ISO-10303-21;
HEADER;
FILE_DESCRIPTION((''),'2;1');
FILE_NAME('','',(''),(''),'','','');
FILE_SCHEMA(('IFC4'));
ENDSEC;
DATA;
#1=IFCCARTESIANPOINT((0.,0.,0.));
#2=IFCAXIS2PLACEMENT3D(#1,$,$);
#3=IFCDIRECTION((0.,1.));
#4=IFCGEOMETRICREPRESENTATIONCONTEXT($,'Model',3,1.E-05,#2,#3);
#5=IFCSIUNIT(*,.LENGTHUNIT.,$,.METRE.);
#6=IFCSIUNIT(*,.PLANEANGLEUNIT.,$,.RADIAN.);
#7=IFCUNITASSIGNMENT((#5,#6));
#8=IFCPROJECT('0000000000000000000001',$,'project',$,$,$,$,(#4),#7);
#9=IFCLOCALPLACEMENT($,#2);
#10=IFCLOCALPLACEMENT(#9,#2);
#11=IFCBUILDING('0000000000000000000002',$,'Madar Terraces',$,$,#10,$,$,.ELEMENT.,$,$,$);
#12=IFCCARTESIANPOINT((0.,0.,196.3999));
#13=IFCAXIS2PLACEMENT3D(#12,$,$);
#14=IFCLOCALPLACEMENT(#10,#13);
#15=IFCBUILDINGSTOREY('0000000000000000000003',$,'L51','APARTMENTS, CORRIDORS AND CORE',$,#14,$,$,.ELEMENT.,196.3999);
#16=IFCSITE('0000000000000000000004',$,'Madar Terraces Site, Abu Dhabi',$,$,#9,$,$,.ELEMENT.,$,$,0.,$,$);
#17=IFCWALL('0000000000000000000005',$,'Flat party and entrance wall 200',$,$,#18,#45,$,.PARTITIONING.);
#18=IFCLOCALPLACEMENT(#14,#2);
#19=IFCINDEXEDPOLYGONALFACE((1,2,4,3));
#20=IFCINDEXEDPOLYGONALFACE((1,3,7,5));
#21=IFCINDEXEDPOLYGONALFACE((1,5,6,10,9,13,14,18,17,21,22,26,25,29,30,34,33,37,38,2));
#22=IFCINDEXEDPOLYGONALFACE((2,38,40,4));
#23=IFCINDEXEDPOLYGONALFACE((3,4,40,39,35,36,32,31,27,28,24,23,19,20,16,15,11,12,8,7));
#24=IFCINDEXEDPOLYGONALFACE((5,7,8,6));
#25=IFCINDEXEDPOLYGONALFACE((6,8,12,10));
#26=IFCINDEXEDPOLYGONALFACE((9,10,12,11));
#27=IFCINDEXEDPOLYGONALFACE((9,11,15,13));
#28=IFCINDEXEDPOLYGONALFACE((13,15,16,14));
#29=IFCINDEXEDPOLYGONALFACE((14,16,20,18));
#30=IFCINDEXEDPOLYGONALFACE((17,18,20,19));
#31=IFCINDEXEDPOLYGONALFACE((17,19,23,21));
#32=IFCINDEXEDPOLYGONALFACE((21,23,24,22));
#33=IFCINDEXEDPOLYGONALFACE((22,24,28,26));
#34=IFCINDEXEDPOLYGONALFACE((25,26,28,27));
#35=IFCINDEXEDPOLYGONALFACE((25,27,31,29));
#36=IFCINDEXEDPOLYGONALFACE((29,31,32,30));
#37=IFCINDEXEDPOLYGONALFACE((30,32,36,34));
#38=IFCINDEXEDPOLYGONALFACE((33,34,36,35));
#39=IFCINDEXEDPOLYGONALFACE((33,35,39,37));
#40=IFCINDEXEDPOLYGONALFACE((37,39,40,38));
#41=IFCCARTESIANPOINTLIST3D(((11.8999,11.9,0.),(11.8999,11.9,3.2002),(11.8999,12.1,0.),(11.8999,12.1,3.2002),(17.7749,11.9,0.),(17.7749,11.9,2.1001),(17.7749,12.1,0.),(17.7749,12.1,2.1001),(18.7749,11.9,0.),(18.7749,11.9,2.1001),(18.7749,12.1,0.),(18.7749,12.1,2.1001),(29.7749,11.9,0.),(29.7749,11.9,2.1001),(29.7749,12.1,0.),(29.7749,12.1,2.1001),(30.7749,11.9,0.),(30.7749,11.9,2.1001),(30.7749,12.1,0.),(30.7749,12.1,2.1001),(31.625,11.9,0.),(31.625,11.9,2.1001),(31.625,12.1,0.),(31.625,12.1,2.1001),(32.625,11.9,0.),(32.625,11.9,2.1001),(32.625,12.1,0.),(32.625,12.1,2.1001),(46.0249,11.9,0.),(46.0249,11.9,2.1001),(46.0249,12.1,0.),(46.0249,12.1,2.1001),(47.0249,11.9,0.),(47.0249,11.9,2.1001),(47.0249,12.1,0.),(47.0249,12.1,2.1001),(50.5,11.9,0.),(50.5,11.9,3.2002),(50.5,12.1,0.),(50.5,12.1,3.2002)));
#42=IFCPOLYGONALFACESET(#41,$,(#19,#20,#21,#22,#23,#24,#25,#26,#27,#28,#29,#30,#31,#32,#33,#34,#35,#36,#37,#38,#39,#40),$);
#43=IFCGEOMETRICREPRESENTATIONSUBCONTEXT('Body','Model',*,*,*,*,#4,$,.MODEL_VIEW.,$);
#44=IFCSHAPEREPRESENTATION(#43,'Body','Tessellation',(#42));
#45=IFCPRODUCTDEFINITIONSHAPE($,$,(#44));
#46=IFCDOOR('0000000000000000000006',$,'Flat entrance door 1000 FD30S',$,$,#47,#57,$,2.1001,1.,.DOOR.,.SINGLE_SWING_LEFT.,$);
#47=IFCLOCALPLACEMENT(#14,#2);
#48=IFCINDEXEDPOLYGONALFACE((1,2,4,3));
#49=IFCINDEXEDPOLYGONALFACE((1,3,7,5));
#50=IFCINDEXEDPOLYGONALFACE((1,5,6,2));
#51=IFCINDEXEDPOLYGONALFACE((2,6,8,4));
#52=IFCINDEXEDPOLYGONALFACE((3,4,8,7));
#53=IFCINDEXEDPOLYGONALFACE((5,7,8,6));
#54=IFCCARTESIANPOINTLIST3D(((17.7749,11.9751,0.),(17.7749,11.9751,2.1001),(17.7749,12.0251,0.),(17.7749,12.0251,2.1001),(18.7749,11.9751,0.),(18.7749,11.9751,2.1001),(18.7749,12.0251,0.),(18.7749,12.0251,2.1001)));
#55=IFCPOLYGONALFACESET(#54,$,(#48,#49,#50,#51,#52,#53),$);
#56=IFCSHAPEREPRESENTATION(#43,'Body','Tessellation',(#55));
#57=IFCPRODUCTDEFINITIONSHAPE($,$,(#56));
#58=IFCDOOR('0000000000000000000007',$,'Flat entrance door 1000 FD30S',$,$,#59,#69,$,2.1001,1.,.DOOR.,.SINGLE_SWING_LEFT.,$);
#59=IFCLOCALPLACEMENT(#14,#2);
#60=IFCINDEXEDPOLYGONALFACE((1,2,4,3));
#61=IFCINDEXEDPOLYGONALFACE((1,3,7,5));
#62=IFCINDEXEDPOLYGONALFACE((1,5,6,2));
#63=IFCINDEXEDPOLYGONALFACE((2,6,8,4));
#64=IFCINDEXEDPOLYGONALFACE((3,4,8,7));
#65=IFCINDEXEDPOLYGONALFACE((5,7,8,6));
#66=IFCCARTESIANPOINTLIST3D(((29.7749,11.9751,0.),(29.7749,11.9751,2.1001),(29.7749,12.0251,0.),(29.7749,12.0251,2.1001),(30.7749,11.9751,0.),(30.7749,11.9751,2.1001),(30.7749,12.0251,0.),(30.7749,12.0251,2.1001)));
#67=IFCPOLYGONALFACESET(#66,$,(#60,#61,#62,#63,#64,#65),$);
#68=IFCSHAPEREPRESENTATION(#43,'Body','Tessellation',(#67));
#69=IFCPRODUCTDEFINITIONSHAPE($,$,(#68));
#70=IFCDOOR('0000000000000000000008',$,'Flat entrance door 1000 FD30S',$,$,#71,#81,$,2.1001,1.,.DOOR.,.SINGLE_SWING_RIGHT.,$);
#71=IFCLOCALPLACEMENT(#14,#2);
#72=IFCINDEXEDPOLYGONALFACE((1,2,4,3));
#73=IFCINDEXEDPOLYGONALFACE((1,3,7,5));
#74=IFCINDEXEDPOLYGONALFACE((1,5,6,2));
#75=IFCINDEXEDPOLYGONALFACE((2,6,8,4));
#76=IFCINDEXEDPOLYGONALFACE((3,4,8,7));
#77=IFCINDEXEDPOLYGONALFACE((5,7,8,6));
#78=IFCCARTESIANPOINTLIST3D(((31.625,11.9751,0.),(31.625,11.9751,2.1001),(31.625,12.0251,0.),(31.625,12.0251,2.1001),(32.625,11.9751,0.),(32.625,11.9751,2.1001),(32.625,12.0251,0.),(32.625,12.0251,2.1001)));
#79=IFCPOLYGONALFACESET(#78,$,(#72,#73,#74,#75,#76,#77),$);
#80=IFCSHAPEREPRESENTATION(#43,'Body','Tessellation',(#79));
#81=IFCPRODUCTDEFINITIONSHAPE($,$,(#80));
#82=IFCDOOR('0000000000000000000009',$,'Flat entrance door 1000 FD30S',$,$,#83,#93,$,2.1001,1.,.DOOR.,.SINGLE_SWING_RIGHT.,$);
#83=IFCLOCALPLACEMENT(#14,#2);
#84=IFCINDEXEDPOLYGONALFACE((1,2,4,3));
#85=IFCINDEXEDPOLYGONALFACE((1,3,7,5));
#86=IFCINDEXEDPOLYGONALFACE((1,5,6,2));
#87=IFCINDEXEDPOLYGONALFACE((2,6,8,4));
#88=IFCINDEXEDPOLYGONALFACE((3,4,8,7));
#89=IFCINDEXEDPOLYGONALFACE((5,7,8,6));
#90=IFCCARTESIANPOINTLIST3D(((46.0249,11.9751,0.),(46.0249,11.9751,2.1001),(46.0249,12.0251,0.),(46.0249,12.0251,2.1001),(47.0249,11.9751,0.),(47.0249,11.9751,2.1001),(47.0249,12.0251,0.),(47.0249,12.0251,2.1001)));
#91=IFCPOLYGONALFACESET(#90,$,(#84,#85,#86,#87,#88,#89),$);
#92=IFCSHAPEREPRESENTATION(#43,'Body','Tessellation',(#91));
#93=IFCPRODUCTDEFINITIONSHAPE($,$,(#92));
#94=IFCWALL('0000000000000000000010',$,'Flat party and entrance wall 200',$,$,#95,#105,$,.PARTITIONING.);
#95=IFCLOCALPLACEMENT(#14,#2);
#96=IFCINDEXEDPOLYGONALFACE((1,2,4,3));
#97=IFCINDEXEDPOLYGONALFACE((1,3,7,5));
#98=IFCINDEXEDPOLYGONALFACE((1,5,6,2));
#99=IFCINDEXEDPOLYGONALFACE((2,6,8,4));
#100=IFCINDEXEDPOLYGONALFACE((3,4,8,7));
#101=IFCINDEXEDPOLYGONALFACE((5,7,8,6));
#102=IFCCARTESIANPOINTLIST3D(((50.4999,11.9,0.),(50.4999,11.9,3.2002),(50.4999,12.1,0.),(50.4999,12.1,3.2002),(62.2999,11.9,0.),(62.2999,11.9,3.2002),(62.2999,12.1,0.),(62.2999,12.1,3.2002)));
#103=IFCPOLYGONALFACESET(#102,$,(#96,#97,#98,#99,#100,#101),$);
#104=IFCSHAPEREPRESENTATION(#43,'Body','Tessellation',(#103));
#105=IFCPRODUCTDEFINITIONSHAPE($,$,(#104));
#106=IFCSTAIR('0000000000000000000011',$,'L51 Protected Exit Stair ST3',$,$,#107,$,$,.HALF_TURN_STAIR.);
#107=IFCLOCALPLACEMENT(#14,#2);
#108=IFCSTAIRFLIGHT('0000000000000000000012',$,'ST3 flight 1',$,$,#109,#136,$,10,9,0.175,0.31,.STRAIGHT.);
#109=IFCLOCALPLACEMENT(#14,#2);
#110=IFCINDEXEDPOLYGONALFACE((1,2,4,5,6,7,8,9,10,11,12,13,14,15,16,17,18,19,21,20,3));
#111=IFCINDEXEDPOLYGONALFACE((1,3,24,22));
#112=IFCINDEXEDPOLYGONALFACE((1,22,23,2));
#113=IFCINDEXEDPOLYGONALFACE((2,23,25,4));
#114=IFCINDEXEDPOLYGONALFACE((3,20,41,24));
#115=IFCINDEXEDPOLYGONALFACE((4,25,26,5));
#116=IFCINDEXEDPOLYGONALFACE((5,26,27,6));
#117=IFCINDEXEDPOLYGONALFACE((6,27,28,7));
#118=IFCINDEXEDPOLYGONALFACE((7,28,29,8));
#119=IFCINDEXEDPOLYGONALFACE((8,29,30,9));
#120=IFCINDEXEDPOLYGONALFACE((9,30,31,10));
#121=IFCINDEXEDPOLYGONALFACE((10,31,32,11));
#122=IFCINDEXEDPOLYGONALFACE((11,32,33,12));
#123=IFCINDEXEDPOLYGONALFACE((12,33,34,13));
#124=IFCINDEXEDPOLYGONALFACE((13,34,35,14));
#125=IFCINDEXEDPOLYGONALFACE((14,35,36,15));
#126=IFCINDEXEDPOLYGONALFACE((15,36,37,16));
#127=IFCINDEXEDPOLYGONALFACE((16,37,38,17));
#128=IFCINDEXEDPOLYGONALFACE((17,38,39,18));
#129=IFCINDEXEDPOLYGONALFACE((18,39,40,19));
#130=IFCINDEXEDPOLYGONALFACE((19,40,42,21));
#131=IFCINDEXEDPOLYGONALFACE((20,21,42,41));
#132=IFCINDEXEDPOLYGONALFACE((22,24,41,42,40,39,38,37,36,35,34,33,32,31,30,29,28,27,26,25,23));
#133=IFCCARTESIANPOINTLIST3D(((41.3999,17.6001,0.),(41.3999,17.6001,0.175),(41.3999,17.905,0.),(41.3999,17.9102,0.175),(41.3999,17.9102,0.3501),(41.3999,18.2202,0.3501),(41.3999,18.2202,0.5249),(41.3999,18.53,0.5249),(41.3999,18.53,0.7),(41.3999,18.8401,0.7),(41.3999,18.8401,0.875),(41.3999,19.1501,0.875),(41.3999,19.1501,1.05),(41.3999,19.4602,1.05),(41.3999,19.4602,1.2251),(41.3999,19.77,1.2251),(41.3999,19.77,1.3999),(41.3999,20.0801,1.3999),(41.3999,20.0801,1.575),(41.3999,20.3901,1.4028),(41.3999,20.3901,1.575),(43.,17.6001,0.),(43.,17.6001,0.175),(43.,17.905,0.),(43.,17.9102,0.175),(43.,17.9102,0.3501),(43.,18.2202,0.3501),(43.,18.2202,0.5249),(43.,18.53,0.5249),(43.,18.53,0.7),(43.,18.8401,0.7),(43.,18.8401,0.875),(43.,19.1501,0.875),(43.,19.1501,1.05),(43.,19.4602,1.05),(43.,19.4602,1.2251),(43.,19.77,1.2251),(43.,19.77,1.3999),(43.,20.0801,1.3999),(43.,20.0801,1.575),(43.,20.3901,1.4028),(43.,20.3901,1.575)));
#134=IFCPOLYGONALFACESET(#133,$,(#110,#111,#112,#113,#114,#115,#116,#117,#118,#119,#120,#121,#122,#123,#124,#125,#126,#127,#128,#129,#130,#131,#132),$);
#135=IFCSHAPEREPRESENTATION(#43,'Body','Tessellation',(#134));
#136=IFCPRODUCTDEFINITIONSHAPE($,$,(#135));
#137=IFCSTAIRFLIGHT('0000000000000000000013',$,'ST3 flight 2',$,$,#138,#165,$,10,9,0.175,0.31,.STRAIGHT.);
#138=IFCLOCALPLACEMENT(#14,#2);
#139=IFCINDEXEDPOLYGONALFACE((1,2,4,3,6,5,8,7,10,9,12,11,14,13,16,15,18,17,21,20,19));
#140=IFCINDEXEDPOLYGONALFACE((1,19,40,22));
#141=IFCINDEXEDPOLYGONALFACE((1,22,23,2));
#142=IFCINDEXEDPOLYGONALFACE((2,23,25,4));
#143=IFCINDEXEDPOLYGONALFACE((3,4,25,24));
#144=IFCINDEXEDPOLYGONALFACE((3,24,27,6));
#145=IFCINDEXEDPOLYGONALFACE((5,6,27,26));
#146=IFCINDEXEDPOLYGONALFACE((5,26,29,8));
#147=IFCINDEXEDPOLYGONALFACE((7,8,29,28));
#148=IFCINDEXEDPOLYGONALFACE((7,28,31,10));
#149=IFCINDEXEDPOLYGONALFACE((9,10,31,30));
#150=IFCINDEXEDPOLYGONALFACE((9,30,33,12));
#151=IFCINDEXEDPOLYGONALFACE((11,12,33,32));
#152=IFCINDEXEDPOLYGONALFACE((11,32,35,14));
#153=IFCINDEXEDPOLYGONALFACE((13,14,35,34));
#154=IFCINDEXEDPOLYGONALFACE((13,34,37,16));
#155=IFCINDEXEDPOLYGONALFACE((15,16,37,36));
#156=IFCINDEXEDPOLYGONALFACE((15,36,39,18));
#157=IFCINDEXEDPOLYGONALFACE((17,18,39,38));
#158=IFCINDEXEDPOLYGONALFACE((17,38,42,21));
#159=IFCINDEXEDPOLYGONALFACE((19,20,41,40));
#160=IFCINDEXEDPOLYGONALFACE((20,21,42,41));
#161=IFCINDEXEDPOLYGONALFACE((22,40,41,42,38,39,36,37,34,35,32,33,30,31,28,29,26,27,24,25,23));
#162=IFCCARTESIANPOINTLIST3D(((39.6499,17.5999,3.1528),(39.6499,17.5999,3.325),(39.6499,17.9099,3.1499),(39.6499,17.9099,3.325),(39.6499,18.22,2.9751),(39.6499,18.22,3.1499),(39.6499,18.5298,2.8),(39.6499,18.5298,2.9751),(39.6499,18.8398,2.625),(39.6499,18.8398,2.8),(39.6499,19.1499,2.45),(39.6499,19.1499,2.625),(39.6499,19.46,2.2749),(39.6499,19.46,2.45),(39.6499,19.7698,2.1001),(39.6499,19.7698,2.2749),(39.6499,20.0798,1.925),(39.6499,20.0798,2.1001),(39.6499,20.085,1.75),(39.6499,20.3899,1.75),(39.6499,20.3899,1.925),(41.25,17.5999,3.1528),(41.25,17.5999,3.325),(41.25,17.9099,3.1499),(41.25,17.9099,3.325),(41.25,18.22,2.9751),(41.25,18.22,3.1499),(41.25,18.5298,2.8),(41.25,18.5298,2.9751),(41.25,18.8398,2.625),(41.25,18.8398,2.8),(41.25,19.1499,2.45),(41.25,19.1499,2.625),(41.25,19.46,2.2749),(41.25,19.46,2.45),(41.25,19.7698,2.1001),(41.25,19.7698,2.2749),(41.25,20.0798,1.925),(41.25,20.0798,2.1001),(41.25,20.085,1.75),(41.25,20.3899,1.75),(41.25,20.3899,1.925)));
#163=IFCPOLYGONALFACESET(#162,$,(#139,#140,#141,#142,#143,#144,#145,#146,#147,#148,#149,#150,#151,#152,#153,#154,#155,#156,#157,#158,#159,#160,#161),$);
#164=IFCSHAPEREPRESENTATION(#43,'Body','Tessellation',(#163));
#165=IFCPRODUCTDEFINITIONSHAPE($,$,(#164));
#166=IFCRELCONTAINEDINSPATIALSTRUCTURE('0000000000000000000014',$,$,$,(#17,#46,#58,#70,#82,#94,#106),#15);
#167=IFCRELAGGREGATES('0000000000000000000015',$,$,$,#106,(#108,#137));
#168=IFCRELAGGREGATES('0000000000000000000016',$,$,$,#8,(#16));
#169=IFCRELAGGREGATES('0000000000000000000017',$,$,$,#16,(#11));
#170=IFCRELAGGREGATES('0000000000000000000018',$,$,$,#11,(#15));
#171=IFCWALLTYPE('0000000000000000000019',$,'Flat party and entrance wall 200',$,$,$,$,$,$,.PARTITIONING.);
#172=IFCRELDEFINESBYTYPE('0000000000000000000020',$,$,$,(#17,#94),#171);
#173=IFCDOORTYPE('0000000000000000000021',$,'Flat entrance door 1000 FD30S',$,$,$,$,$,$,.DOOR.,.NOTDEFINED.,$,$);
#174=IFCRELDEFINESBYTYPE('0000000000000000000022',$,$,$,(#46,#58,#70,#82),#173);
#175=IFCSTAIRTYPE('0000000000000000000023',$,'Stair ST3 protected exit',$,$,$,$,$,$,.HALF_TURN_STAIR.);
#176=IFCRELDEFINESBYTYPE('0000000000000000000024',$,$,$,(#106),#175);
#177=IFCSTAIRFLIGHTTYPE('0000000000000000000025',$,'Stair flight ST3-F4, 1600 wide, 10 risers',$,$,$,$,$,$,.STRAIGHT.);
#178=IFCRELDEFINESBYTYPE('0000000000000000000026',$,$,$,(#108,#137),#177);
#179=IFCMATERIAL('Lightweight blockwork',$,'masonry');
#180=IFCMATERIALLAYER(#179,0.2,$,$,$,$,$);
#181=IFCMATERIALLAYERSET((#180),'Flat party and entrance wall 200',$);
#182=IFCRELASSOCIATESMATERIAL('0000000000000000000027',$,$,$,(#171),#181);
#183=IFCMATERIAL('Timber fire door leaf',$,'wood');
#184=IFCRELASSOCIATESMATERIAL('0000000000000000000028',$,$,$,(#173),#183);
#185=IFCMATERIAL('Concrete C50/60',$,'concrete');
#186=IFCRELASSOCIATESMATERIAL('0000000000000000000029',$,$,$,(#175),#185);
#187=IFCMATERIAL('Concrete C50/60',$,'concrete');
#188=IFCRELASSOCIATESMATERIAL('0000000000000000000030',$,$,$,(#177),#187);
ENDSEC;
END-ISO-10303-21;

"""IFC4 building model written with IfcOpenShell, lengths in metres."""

from ifc_helpers import new_model, si_unit, direction, frame, frame_2d, origin, place, context, subcontext, project, spatial, polyline, rectangle, outline, extrude, material, layer, layer_set, type_object, element, fill, aggregate, save


model = new_model("IFC4")

# Units and contexts
model_context = context("Model", 3, precision=1e-05, world=origin(), true_north=direction((0.0, 1.0)))
body_context = subcontext(model_context, "Body", "Model", "MODEL_VIEW")
ifc_project = project(units=[si_unit("LENGTHUNIT", "METRE"), si_unit("PLANEANGLEUNIT", "RADIAN")], contexts=[model_context])

# Site, building, storey
site_placement = place(None, origin())
site = spatial("IfcSite", under=ifc_project, at=site_placement, Name="Madar Terraces Site, Abu Dhabi", CompositionType="ELEMENT", RefElevation=0.0)
building_placement = place(site_placement, origin())
building = spatial("IfcBuilding", under=site, at=building_placement, Name="Madar Terraces", CompositionType="ELEMENT")
storey_placement = place(building_placement, frame((0.0, 0.0, 196.3999)))
storey = spatial("IfcBuildingStorey", under=building, at=storey_placement, Name="L51", Description="APARTMENTS, CORRIDORS AND CORE", CompositionType="ELEMENT", Elevation=196.3999)

# Wall, openings, doors
ifc_material_1 = material(Name="Lightweight blockwork", Category="masonry")
ifc_layer_1 = layer(ifc_material_1, 0.2)
ifc_layer_set_1 = layer_set([ifc_layer_1], Name="Flat party and entrance wall 200")
wall_type_1 = type_object("IfcWallType", Name="Flat party and entrance wall 200", PredefinedType="PARTITIONING", material=ifc_layer_set_1)
wall_1_placement = place(storey_placement, frame((50.5, 12.0, 0.0), z_axis=(0.0, 0.0, 1.0), x_axis=(-1.0, 0.0, 0.0)))
wall_1 = element("IfcWall", 1, at=wall_1_placement, inside=storey, type_object=wall_type_1, Name="Flat party and entrance wall 200", PredefinedType="PARTITIONING", context=body_context, shape_type="SweptSolid", body=[
    extrude(rectangle(XDim=38.6001, YDim=0.2, at=frame_2d((19.3, 0.0))), origin(), (0.0, 0.0, 1.0), 3.2002),
])
opening_1_placement = place(wall_1_placement, frame((31.7251, 0.0, 0.0)))
opening_1 = element("IfcOpeningElement", 2, at=opening_1_placement, cuts=wall_1, PredefinedType="OPENING", context=body_context, shape_type="SweptSolid", body=[
    extrude(rectangle(XDim=1.0, YDim=2.1001, at=frame_2d((0.5, 1.05))), frame((0.0, 0.1099, 0.0), z_axis=(0.0, -1.0, 0.0), x_axis=(1.0, 0.0, 0.0)), (0.0, 0.0, 1.0), 0.22),
])
opening_2_placement = place(wall_1_placement, frame((19.7251, 0.0, 0.0)))
opening_2 = element("IfcOpeningElement", 3, at=opening_2_placement, cuts=wall_1, PredefinedType="OPENING", context=body_context, shape_type="SweptSolid", body=[
    extrude(rectangle(XDim=1.0, YDim=2.1001, at=frame_2d((0.5, 1.05))), frame((0.0, 0.1099, 0.0), z_axis=(0.0, -1.0, 0.0), x_axis=(1.0, 0.0, 0.0)), (0.0, 0.0, 1.0), 0.22),
])
opening_3_placement = place(wall_1_placement, frame((17.875, 0.0, 0.0)))
opening_3 = element("IfcOpeningElement", 4, at=opening_3_placement, cuts=wall_1, PredefinedType="OPENING", context=body_context, shape_type="SweptSolid", body=[
    extrude(rectangle(XDim=1.0, YDim=2.1001, at=frame_2d((0.5, 1.05))), frame((0.0, 0.1099, 0.0), z_axis=(0.0, -1.0, 0.0), x_axis=(1.0, 0.0, 0.0)), (0.0, 0.0, 1.0), 0.22),
])
opening_4_placement = place(wall_1_placement, frame((3.4751, 0.0, 0.0)))
opening_4 = element("IfcOpeningElement", 5, at=opening_4_placement, cuts=wall_1, PredefinedType="OPENING", context=body_context, shape_type="SweptSolid", body=[
    extrude(rectangle(XDim=1.0, YDim=2.1001, at=frame_2d((0.5, 1.05))), frame((0.0, 0.1099, 0.0), z_axis=(0.0, -1.0, 0.0), x_axis=(1.0, 0.0, 0.0)), (0.0, 0.0, 1.0), 0.22),
])
ifc_material_2 = material(Name="Timber fire door leaf", Category="wood")
door_type_1 = type_object("IfcDoorType", Name="Flat entrance door 1000 FD30S", OperationType="NOTDEFINED", PredefinedType="DOOR", material=ifc_material_2)
door_1_placement = place(opening_1_placement, origin())
door_1 = element("IfcDoor", 6, at=door_1_placement, inside=storey, type_object=door_type_1, Name="Flat entrance door 1000 FD30S", OperationType="SINGLE_SWING_LEFT", OverallHeight=2.1001, OverallWidth=1.0, PredefinedType="DOOR", context=body_context, shape_type="SweptSolid", body=[
    extrude(rectangle(XDim=1.0, YDim=2.1001, at=frame_2d((0.5, 1.05))), frame((0.0, 0.0249, 0.0), z_axis=(0.0, -1.0, 0.0), x_axis=(1.0, 0.0, 0.0)), (0.0, 0.0, 1.0), 0.05),
])
fill(opening_1, door_1)
door_2_placement = place(opening_2_placement, origin())
door_2 = element("IfcDoor", 7, at=door_2_placement, inside=storey, type_object=door_type_1, Name="Flat entrance door 1000 FD30S", OperationType="SINGLE_SWING_LEFT", OverallHeight=2.1001, OverallWidth=1.0, PredefinedType="DOOR", context=body_context, shape_type="SweptSolid", body=[
    extrude(rectangle(XDim=1.0, YDim=2.1001, at=frame_2d((0.5, 1.05))), frame((0.0, 0.0249, 0.0), z_axis=(0.0, -1.0, 0.0), x_axis=(1.0, 0.0, 0.0)), (0.0, 0.0, 1.0), 0.05),
])
fill(opening_2, door_2)
door_3_placement = place(opening_3_placement, origin())
door_3 = element("IfcDoor", 8, at=door_3_placement, inside=storey, type_object=door_type_1, Name="Flat entrance door 1000 FD30S", OperationType="SINGLE_SWING_RIGHT", OverallHeight=2.1001, OverallWidth=1.0, PredefinedType="DOOR", context=body_context, shape_type="SweptSolid", body=[
    extrude(rectangle(XDim=1.0, YDim=2.1001, at=frame_2d((0.5, 1.05))), frame((0.0, 0.0249, 0.0), z_axis=(0.0, -1.0, 0.0), x_axis=(1.0, 0.0, 0.0)), (0.0, 0.0, 1.0), 0.05),
])
fill(opening_3, door_3)
door_4_placement = place(opening_4_placement, origin())
door_4 = element("IfcDoor", 9, at=door_4_placement, inside=storey, type_object=door_type_1, Name="Flat entrance door 1000 FD30S", OperationType="SINGLE_SWING_RIGHT", OverallHeight=2.1001, OverallWidth=1.0, PredefinedType="DOOR", context=body_context, shape_type="SweptSolid", body=[
    extrude(rectangle(XDim=1.0, YDim=2.1001, at=frame_2d((0.5, 1.05))), frame((0.0, 0.0249, 0.0), z_axis=(0.0, -1.0, 0.0), x_axis=(1.0, 0.0, 0.0)), (0.0, 0.0, 1.0), 0.05),
])
fill(opening_4, door_4)

# Wall
wall_2_placement = place(storey_placement, frame((50.5, 12.0, 0.0), z_axis=(0.0, 0.0, 1.0), x_axis=(1.0, 0.0, 0.0)))
element("IfcWall", 10, at=wall_2_placement, inside=storey, type_object=wall_type_1, Name="Flat party and entrance wall 200", PredefinedType="PARTITIONING", context=body_context, shape_type="SweptSolid", body=[
    extrude(rectangle(XDim=11.8, YDim=0.2, at=frame_2d((5.8999, 0.0))), origin(), (0.0, 0.0, 1.0), 3.2002),
])

# Stair, stair flights
ifc_material_3 = material(Name="Concrete C50/60", Category="concrete")
stair_type = type_object("IfcStairType", Name="Stair ST3 protected exit", PredefinedType="HALF_TURN_STAIR", material=ifc_material_3)
stair_placement = place(storey_placement, origin())
stair = element("IfcStair", 11, at=stair_placement, inside=storey, type_object=stair_type, Name="L51 Protected Exit Stair ST3", PredefinedType="HALF_TURN_STAIR")
ifc_material_4 = material(Name="Concrete C50/60", Category="concrete")
stair_flight_type = type_object("IfcStairFlightType", Name="Stair flight ST3-F4, 1600 wide, 10 risers", PredefinedType="STRAIGHT", material=ifc_material_4)
stair_flight_1_placement = place(storey_placement, frame((42.2, 17.6001, 0.0), z_axis=(0.0, 0.0, 1.0), x_axis=(0.0, 1.0, 0.0)))
stair_flight_1 = element("IfcStairFlight", 12, at=stair_flight_1_placement, type_object=stair_flight_type, Name="ST3 flight 1", NumberOfRisers=10, NumberOfTreads=9, PredefinedType="STRAIGHT", RiserHeight=0.175, TreadLength=0.31, context=body_context, shape_type="SweptSolid", body=[
    extrude(outline(polyline([(0.0, 0.0), (0.0, 0.175), (0.3101, 0.175), (0.3101, 0.3501), (0.6201, 0.3501), (0.6201, 0.5249), (0.9299, 0.5249), (0.9299, 0.7), (1.24, 0.7), (1.24, 0.875), (1.55, 0.875), (1.55, 1.05), (1.8601, 1.05), (1.8601, 1.2251), (2.1699, 1.2251), (2.1699, 1.3999), (2.48, 1.3999), (2.48, 1.575), (2.79, 1.575), (2.79, 1.75), (2.79, 1.4028), (0.3049, 0.0), (0.0, 0.0)])), frame((0.0, 0.8, 0.0), z_axis=(0.0, -1.0, 0.0), x_axis=(1.0, 0.0, 0.0)), (0.0, 0.0, 1.0), 1.6001),
])
stair_flight_2_placement = place(storey_placement, frame((40.45, 20.3899, 1.75), z_axis=(0.0, 0.0, 1.0), x_axis=(0.0, -1.0, 0.0)))
stair_flight_2 = element("IfcStairFlight", 13, at=stair_flight_2_placement, type_object=stair_flight_type, Name="ST3 flight 2", NumberOfRisers=10, NumberOfTreads=9, PredefinedType="STRAIGHT", RiserHeight=0.175, TreadLength=0.31, context=body_context, shape_type="SweptSolid", body=[
    extrude(outline(polyline([(0.0, 0.0), (0.0, 0.175), (0.3101, 0.175), (0.3101, 0.3501), (0.6201, 0.3501), (0.6201, 0.5249), (0.9299, 0.5249), (0.9299, 0.7), (1.24, 0.7), (1.24, 0.875), (1.55, 0.875), (1.55, 1.05), (1.8601, 1.05), (1.8601, 1.2251), (2.1699, 1.2251), (2.1699, 1.3999), (2.48, 1.3999), (2.48, 1.575), (2.79, 1.575), (2.79, 1.75), (2.79, 1.4028), (0.3049, 0.0), (0.0, 0.0)])), frame((0.0, 0.8, 0.0), z_axis=(0.0, -1.0, 0.0), x_axis=(1.0, 0.0, 0.0)), (0.0, 0.0, 1.0), 1.6001),
])
aggregate(stair, [stair_flight_1, stair_flight_2])

save(model, "model.ifc")
